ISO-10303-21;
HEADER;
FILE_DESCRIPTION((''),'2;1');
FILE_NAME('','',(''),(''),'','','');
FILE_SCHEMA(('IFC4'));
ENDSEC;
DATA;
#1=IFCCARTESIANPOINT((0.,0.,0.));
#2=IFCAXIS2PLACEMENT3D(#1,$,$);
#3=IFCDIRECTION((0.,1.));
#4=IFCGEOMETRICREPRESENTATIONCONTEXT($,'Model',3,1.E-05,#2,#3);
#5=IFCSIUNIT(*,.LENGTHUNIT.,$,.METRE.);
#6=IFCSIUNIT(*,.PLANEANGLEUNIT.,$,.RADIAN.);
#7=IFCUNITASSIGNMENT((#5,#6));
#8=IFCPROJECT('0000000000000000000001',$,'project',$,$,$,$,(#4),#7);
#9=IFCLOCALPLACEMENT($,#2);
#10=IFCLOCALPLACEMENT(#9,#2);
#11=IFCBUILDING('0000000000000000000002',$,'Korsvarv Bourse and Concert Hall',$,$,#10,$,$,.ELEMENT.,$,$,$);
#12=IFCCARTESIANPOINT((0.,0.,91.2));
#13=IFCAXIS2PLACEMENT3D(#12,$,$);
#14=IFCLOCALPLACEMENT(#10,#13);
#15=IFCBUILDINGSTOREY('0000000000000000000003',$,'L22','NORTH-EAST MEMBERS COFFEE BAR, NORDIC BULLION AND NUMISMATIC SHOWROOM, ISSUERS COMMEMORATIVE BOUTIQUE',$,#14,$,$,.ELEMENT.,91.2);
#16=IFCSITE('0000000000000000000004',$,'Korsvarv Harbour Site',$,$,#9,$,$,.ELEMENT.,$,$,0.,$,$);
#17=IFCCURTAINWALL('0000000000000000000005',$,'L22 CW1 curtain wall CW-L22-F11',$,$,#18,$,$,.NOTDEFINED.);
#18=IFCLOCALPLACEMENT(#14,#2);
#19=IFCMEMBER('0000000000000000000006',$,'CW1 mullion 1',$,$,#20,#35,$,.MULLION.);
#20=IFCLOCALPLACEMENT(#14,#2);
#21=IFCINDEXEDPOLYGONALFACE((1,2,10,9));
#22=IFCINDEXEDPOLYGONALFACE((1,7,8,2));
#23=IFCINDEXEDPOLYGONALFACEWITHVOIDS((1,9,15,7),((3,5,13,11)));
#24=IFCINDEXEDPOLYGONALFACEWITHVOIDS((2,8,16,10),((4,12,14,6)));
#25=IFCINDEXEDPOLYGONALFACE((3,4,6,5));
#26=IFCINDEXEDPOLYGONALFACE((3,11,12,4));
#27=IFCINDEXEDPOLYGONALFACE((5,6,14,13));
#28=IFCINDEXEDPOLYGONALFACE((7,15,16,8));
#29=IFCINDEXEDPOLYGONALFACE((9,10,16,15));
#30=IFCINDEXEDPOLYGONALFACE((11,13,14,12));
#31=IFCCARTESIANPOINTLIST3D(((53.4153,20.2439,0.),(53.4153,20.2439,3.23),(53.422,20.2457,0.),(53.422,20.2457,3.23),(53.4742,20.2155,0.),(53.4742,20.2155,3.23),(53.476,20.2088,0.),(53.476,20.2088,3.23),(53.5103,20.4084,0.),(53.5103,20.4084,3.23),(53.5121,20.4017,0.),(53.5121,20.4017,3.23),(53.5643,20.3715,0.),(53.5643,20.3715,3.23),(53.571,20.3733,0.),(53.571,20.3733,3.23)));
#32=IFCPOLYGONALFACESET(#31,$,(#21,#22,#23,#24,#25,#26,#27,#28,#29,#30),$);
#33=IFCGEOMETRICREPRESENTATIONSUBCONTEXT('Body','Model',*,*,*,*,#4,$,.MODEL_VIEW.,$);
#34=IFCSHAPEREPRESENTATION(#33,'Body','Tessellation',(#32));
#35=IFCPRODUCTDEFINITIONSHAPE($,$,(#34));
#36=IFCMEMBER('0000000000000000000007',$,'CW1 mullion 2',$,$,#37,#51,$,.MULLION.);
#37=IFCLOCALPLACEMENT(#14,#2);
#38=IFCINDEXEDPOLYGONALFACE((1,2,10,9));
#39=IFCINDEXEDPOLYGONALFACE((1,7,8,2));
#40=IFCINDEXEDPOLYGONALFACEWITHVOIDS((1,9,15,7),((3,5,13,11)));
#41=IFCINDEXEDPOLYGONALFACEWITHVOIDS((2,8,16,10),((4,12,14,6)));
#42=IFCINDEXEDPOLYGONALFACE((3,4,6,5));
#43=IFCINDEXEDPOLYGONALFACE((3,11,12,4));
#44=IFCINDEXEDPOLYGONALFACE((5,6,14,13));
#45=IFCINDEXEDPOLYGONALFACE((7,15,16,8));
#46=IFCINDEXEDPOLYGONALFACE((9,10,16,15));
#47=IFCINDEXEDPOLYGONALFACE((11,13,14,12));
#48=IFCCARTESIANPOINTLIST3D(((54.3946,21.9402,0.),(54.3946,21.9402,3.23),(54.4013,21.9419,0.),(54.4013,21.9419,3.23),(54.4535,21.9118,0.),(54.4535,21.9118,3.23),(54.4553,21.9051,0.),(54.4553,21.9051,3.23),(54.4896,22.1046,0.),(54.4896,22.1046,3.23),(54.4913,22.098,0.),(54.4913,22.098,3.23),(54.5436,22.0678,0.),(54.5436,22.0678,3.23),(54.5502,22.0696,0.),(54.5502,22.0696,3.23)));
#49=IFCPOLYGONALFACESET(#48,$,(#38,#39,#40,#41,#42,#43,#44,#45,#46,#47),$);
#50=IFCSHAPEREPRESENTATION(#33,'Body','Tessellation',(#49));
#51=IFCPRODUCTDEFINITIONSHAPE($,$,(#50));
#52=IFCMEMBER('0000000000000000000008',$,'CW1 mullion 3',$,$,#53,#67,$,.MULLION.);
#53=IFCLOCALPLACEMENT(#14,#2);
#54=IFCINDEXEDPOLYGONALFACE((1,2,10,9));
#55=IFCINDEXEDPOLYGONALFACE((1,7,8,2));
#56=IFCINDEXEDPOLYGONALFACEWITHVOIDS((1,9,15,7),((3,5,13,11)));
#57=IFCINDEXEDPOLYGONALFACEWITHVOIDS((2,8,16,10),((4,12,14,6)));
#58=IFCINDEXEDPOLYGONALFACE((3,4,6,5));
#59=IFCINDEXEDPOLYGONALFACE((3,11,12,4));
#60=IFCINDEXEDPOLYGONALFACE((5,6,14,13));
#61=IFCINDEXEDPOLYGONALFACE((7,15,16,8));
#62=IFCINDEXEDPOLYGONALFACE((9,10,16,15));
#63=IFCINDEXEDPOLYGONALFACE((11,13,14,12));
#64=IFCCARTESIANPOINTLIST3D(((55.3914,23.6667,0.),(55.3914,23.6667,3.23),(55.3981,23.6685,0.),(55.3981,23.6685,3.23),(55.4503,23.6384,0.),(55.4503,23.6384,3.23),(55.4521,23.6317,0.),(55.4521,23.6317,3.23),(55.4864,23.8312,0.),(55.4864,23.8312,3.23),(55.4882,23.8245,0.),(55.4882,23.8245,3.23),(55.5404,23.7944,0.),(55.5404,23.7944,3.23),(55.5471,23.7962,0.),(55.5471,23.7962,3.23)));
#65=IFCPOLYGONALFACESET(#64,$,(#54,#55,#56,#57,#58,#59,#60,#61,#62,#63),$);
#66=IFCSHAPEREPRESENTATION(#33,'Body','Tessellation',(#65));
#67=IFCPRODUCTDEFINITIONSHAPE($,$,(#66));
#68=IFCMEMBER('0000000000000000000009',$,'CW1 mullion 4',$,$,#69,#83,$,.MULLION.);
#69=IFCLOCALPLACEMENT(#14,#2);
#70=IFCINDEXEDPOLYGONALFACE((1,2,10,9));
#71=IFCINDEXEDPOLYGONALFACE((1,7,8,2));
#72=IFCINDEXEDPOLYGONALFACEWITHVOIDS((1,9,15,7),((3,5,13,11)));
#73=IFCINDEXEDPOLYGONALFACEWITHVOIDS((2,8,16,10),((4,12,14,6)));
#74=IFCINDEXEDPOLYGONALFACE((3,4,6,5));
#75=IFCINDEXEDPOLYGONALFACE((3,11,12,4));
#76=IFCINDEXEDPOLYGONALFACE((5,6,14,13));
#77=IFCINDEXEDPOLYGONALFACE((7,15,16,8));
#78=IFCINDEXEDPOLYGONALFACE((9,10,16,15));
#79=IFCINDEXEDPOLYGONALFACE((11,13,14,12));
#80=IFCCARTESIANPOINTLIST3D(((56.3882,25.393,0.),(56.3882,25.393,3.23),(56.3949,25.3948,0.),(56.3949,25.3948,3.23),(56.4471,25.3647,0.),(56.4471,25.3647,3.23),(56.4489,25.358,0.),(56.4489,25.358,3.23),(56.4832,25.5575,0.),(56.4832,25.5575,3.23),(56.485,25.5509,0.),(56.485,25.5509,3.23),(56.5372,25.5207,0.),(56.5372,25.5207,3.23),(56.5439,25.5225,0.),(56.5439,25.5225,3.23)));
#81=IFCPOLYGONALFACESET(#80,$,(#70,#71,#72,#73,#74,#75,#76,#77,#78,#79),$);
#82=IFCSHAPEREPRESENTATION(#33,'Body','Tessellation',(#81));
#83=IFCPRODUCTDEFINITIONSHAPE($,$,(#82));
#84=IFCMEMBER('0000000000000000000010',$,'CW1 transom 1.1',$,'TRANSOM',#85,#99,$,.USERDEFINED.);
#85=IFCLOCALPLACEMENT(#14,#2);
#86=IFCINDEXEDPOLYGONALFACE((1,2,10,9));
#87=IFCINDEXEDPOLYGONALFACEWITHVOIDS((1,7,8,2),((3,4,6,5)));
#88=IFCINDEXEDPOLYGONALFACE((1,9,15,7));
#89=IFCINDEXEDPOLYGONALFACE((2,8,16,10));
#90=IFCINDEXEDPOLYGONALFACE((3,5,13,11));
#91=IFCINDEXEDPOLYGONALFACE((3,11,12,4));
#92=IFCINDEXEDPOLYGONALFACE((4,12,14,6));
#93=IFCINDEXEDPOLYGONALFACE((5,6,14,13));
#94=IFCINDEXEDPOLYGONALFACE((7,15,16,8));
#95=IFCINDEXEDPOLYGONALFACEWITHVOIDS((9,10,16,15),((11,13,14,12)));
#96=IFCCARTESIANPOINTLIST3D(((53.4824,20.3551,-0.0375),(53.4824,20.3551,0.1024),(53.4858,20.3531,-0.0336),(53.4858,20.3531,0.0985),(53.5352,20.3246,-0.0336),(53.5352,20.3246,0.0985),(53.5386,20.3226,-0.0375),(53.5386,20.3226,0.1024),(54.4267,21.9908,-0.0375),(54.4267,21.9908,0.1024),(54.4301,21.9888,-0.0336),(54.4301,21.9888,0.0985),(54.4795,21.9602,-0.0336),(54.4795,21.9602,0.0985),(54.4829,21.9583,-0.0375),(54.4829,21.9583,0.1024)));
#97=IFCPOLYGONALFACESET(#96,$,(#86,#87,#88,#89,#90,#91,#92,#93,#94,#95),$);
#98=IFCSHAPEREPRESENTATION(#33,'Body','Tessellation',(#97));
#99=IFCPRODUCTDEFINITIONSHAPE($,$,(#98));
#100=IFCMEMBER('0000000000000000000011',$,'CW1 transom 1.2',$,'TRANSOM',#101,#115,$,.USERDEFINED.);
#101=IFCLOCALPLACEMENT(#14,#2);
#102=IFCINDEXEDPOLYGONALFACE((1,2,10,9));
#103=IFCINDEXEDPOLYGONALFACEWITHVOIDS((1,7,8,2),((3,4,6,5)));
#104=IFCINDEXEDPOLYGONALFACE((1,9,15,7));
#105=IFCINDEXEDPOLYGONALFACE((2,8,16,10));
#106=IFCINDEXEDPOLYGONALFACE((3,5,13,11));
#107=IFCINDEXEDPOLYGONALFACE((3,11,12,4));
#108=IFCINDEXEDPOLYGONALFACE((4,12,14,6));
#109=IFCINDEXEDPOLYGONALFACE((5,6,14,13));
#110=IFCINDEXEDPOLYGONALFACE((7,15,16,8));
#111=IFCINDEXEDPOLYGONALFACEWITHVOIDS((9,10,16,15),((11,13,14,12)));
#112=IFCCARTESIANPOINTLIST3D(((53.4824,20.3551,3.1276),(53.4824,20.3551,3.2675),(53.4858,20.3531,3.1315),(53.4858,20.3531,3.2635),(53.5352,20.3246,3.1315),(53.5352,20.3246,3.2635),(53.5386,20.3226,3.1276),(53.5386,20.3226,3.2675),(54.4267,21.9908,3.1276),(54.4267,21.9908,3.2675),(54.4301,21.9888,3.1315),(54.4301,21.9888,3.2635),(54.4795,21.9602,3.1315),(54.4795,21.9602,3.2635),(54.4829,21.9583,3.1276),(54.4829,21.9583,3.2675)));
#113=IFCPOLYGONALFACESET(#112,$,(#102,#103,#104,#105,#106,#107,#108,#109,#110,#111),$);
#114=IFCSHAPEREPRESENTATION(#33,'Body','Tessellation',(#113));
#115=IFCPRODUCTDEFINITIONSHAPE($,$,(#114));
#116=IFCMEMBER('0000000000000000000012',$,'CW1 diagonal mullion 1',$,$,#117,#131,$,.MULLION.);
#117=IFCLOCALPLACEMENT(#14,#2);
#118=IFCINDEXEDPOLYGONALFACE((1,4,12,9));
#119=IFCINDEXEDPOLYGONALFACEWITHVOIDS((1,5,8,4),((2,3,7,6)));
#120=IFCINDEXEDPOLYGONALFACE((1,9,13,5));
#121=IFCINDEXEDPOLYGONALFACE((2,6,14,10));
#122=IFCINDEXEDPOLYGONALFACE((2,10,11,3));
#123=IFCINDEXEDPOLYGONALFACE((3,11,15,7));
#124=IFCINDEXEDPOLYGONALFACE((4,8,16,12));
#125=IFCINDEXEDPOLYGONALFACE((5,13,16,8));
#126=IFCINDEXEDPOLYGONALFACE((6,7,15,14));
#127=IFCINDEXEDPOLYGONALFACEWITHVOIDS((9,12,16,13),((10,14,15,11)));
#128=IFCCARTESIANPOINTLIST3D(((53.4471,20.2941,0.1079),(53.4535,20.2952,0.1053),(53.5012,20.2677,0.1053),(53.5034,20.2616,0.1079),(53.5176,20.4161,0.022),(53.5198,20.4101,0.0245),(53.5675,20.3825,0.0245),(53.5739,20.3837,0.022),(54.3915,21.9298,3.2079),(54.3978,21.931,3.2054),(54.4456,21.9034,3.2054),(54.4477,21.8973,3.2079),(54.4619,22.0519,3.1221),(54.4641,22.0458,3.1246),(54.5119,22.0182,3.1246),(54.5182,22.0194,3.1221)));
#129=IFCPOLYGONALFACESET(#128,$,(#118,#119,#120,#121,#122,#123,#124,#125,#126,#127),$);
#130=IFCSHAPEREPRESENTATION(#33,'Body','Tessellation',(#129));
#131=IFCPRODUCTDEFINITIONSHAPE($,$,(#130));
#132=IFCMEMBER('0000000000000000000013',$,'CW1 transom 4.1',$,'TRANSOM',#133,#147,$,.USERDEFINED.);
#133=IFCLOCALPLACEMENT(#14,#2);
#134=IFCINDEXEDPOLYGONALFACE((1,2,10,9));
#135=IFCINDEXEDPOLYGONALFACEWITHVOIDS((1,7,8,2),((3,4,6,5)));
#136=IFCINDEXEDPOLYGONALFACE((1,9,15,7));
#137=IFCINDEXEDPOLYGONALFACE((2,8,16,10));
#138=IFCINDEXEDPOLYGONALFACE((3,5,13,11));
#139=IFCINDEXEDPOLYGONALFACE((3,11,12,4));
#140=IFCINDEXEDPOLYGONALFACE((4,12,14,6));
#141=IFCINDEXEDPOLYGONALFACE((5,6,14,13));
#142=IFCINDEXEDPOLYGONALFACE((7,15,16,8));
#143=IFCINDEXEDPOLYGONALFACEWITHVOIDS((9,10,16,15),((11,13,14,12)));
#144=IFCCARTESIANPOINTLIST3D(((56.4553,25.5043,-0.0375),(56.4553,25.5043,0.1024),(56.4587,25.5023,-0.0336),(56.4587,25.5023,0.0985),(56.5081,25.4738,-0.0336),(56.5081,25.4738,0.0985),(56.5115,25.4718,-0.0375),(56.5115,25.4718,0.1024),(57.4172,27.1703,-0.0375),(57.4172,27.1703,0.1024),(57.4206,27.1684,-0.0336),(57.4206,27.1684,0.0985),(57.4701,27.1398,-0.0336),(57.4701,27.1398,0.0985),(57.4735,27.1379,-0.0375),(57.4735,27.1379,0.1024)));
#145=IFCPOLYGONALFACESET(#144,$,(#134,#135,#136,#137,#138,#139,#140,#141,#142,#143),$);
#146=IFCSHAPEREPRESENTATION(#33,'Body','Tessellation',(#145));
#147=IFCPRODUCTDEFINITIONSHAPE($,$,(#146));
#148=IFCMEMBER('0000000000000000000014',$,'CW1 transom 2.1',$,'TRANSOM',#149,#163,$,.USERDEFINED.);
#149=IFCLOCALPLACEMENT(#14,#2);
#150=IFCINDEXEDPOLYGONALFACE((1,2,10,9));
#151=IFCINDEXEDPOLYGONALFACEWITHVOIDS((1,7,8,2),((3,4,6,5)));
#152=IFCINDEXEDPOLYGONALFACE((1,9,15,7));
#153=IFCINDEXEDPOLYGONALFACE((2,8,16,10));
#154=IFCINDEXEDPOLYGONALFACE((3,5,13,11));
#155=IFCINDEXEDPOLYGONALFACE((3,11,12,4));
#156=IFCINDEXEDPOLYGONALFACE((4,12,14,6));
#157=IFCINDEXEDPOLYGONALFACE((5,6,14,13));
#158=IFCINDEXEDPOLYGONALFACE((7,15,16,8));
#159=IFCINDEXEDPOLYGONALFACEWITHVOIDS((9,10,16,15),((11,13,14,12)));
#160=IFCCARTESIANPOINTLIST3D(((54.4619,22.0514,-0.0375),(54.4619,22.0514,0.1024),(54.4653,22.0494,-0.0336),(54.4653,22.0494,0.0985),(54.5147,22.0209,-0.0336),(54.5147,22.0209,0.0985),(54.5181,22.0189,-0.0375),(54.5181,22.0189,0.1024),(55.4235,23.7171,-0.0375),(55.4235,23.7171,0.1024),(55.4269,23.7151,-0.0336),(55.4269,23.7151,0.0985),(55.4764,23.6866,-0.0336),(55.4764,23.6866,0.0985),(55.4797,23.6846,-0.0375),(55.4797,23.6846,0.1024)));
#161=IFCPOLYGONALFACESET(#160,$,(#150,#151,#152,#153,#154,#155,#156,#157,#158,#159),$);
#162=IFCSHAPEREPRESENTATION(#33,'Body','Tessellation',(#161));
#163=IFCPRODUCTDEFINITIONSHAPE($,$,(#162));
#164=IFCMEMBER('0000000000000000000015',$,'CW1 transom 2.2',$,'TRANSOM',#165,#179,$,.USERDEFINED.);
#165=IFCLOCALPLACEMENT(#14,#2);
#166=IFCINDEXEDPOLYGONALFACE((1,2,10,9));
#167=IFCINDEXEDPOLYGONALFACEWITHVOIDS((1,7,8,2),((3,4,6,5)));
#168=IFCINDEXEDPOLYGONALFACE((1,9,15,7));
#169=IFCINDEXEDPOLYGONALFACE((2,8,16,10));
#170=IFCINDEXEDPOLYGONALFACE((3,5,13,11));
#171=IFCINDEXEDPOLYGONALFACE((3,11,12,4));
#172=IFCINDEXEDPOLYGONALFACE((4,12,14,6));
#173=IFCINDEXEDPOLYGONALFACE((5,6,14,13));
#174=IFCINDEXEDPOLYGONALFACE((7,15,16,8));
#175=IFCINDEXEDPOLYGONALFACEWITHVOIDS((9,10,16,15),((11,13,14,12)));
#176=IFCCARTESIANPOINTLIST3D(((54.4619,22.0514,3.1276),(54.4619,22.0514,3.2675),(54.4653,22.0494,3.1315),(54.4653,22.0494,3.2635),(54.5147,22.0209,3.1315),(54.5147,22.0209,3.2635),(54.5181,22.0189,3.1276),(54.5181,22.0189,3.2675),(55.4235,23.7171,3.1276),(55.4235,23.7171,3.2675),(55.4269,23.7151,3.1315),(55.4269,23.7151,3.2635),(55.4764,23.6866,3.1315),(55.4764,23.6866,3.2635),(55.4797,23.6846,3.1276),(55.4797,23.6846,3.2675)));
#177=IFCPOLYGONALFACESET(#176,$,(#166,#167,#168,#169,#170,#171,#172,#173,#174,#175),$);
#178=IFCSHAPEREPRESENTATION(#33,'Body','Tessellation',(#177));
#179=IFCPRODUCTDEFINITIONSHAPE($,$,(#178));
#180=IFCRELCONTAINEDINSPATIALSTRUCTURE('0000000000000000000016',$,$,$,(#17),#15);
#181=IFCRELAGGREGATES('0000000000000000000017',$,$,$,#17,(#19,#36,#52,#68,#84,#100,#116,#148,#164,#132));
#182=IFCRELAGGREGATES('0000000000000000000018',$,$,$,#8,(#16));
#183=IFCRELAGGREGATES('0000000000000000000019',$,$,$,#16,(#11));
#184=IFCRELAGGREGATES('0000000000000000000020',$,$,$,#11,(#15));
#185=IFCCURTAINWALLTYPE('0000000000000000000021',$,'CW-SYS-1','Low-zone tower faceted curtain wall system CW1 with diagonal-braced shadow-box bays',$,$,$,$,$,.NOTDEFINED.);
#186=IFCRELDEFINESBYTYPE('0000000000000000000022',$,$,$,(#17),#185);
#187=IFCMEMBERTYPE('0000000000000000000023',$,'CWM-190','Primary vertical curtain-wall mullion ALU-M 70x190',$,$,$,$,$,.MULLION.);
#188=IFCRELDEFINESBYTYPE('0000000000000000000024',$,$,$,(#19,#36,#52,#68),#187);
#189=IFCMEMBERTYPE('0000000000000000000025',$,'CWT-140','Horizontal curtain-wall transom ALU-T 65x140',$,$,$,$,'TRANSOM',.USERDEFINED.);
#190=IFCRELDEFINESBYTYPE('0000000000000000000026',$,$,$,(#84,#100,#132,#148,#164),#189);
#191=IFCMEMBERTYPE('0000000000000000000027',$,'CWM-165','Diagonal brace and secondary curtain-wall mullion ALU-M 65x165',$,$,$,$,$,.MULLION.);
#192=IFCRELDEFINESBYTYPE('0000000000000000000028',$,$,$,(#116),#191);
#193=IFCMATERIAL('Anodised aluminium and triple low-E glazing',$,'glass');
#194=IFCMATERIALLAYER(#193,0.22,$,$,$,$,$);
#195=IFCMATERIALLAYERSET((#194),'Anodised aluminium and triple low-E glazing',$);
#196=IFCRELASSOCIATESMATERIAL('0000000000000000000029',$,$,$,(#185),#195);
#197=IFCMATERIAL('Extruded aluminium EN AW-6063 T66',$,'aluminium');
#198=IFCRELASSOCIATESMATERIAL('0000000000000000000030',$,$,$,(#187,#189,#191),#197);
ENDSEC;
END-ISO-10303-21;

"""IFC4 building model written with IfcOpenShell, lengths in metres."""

from ifc_helpers import new_model, si_unit, direction, frame, origin, origin_2d, place, context, subcontext, project, spatial, hollow_rectangle, extrude, source, transform, mapped, material, layer, layer_set, material_profile, profile_set, type_object, element, aggregate, save


model = new_model("IFC4")

# Units and contexts
model_context = context("Model", 3, precision=1e-05, world=origin(), true_north=direction((0.0, 1.0)))
body_context = subcontext(model_context, "Body", "Model", "MODEL_VIEW")
ifc_project = project(units=[si_unit("LENGTHUNIT", "METRE"), si_unit("PLANEANGLEUNIT", "RADIAN")], contexts=[model_context])

# Site, building, storey
site_placement = place(None, origin())
site = spatial("IfcSite", under=ifc_project, at=site_placement, Name="Korsvarv Harbour Site", CompositionType="ELEMENT", RefElevation=0.0)
building_placement = place(site_placement, origin())
building = spatial("IfcBuilding", under=site, at=building_placement, Name="Korsvarv Bourse and Concert Hall", CompositionType="ELEMENT")
storey_placement = place(building_placement, frame((0.0, 0.0, 91.2)))
storey = spatial("IfcBuildingStorey", under=building, at=storey_placement, Name="L22", Description="NORTH-EAST MEMBERS COFFEE BAR, NORDIC BULLION AND NUMISMATIC SHOWROOM, ISSUERS COMMEMORATIVE BOUTIQUE", CompositionType="ELEMENT", Elevation=91.2)

# Curtain wall, members
ifc_material_1 = material(Name="Anodised aluminium and triple low-E glazing", Category="glass")
ifc_layer_1 = layer(ifc_material_1, 0.22)
ifc_layer_set_1 = layer_set([ifc_layer_1], Name="Anodised aluminium and triple low-E glazing")
curtain_wall_type = type_object("IfcCurtainWallType", Name="CW-SYS-1", Description="Low-zone tower faceted curtain wall system CW1 with diagonal-braced shadow-box bays", PredefinedType="NOTDEFINED", material=ifc_layer_set_1)
curtain_wall_placement = place(storey_placement, origin())
curtain_wall = element("IfcCurtainWall", 1, at=curtain_wall_placement, inside=storey, type_object=curtain_wall_type, Name="L22 CW1 curtain wall CW-L22-F11", PredefinedType="NOTDEFINED")
ifc_material_2 = material(Name="Extruded aluminium EN AW-6063 T66", Category="aluminium")
ifc_material_profile_1 = material_profile(ifc_material_2, hollow_rectangle(XDim=0.0701, YDim=0.1899, WallThickness=0.0049, at=origin_2d()), Name="ALU-M 70x190")
ifc_profile_set_1 = profile_set([ifc_material_profile_1], Name="Extruded aluminium EN AW-6063 T66")
member_type_1 = type_object("IfcMemberType", Name="CWM-190", Description="Primary vertical curtain-wall mullion ALU-M 70x190", PredefinedType="MULLION", material=ifc_profile_set_1)
shared_shape_1 = source(origin(), body_context, "Body", "SweptSolid", [
    extrude(hollow_rectangle(XDim=0.0701, YDim=0.1899, WallThickness=0.0049, at=origin_2d()), origin(), (0.0, 0.0, 1.0), 3.23),
])
member_1_placement = place(storey_placement, frame((53.4932, 20.3086, 0.0), z_axis=(0.0, 0.0, 1.0), x_axis=(-0.866026, 0.499999, 0.0)))
member_1 = element("IfcMember", 2, at=member_1_placement, type_object=member_type_1, Name="CW1 mullion 1", PredefinedType="MULLION", context=body_context, shape_type="MappedRepresentation", body=[
    mapped(shared_shape_1, transform((0.0, 0.0, 0.0), scale=1.0)),
])
member_2_placement = place(storey_placement, frame((54.4724, 22.0049, 0.0), z_axis=(0.0, 0.0, 1.0), x_axis=(-0.866026, 0.499999, 0.0)))
member_2 = element("IfcMember", 3, at=member_2_placement, type_object=member_type_1, Name="CW1 mullion 2", PredefinedType="MULLION", context=body_context, shape_type="MappedRepresentation", body=[
    mapped(shared_shape_1, transform((0.0, 0.0, 0.0), scale=1.0)),
])
member_3_placement = place(storey_placement, frame((55.4692, 23.7314, 0.0), z_axis=(0.0, 0.0, 1.0), x_axis=(-0.866026, 0.499999, 0.0)))
member_3 = element("IfcMember", 4, at=member_3_placement, type_object=member_type_1, Name="CW1 mullion 3", PredefinedType="MULLION", context=body_context, shape_type="MappedRepresentation", body=[
    mapped(shared_shape_1, transform((0.0, 0.0, 0.0), scale=1.0)),
])
member_4_placement = place(storey_placement, frame((56.4661, 25.4578, 0.0), z_axis=(0.0, 0.0, 1.0), x_axis=(-0.866026, 0.499999, 0.0)))
member_4 = element("IfcMember", 5, at=member_4_placement, type_object=member_type_1, Name="CW1 mullion 4", PredefinedType="MULLION", context=body_context, shape_type="MappedRepresentation", body=[
    mapped(shared_shape_1, transform((0.0, 0.0, 0.0), scale=1.0)),
])
ifc_material_profile_2 = material_profile(ifc_material_2, hollow_rectangle(XDim=0.0649, YDim=0.1399, WallThickness=0.0039, at=origin_2d()), Name="ALU-T 65x140")
ifc_profile_set_2 = profile_set([ifc_material_profile_2], Name="Extruded aluminium EN AW-6063 T66")
member_type_2 = type_object("IfcMemberType", Name="CWT-140", Description="Horizontal curtain-wall transom ALU-T 65x140", ElementType="TRANSOM", PredefinedType="USERDEFINED", material=ifc_profile_set_2)
shared_shape_2 = source(origin(), body_context, "Body", "SweptSolid", [
    extrude(hollow_rectangle(XDim=0.0649, YDim=0.1399, WallThickness=0.0039, at=origin_2d()), origin(), (0.0, 0.0, 1.0), 1.8887),
])
member_5_placement = place(storey_placement, frame((53.5105, 20.3389, 0.0325), z_axis=(0.499976, 0.866039, 0.0), x_axis=(-0.866039, 0.499976, 0.0)))
member_5 = element("IfcMember", 6, at=member_5_placement, type_object=member_type_2, Name="CW1 transom 1.1", ObjectType="TRANSOM", PredefinedType="USERDEFINED", context=body_context, shape_type="MappedRepresentation", body=[
    mapped(shared_shape_2, transform((0.0, 0.0, 0.0), scale=1.0)),
])
member_6_placement = place(storey_placement, frame((53.5105, 20.3389, 3.1975), z_axis=(0.499976, 0.866039, 0.0), x_axis=(-0.866039, 0.499976, 0.0)))
member_6 = element("IfcMember", 7, at=member_6_placement, type_object=member_type_2, Name="CW1 transom 1.2", ObjectType="TRANSOM", PredefinedType="USERDEFINED", context=body_context, shape_type="MappedRepresentation", body=[
    mapped(shared_shape_2, transform((0.0, 0.0, 0.0), scale=1.0)),
])
ifc_material_profile_3 = material_profile(ifc_material_2, hollow_rectangle(XDim=0.0649, YDim=0.165, WallThickness=0.0049, at=origin_2d()), Name="ALU-M 65x165")
ifc_profile_set_3 = profile_set([ifc_material_profile_3], Name="Extruded aluminium EN AW-6063 T66")
member_type_3 = type_object("IfcMemberType", Name="CWM-165", Description="Diagonal brace and secondary curtain-wall mullion ALU-M 65x165", PredefinedType="MULLION", material=ifc_profile_set_3)
shared_shape_3 = source(origin(), body_context, "Body", "SweptSolid", [
    extrude(hollow_rectangle(XDim=0.0649, YDim=0.165, WallThickness=0.0049, at=origin_2d()), origin(), (0.0, 0.0, 1.0), 3.6301),
])
member_7_placement = place(storey_placement, frame((53.5105, 20.3389, 0.0649), z_axis=(0.260137, 0.450598, 0.853985), x_axis=(-0.866039, 0.499976, 0.0)))
member_7 = element("IfcMember", 8, at=member_7_placement, type_object=member_type_3, Name="CW1 diagonal mullion 1", PredefinedType="MULLION", context=body_context, shape_type="MappedRepresentation", body=[
    mapped(shared_shape_3, transform((0.0, 0.0, 0.0), scale=1.0)),
])
shared_shape_4 = source(origin(), body_context, "Body", "SweptSolid", [
    extrude(hollow_rectangle(XDim=0.0649, YDim=0.1399, WallThickness=0.0039, at=origin_2d()), origin(), (0.0, 0.0, 1.0), 1.9238),
])
member_8_placement = place(storey_placement, frame((56.4834, 25.488, 0.0325), z_axis=(0.500015, 0.866017, 0.0), x_axis=(-0.866017, 0.500015, 0.0)))
member_8 = element("IfcMember", 9, at=member_8_placement, type_object=member_type_2, Name="CW1 transom 4.1", ObjectType="TRANSOM", PredefinedType="USERDEFINED", context=body_context, shape_type="MappedRepresentation", body=[
    mapped(shared_shape_4, transform((0.0, 0.0, 0.0), scale=1.0)),
])
shared_shape_5 = source(origin(), body_context, "Body", "SweptSolid", [
    extrude(hollow_rectangle(XDim=0.0649, YDim=0.1399, WallThickness=0.0039, at=origin_2d()), origin(), (0.0, 0.0, 1.0), 1.9233),
])
member_9_placement = place(storey_placement, frame((54.49, 22.0352, 0.0325), z_axis=(0.499975, 0.86604, 0.0), x_axis=(-0.86604, 0.499975, 0.0)))
member_9 = element("IfcMember", 10, at=member_9_placement, type_object=member_type_2, Name="CW1 transom 2.1", ObjectType="TRANSOM", PredefinedType="USERDEFINED", context=body_context, shape_type="MappedRepresentation", body=[
    mapped(shared_shape_5, transform((0.0, 0.0, 0.0), scale=1.0)),
])
member_10_placement = place(storey_placement, frame((54.49, 22.0352, 3.1975), z_axis=(0.499975, 0.86604, 0.0), x_axis=(-0.86604, 0.499975, 0.0)))
member_10 = element("IfcMember", 11, at=member_10_placement, type_object=member_type_2, Name="CW1 transom 2.2", ObjectType="TRANSOM", PredefinedType="USERDEFINED", context=body_context, shape_type="MappedRepresentation", body=[
    mapped(shared_shape_5, transform((0.0, 0.0, 0.0), scale=1.0)),
])
aggregate(curtain_wall, [member_1, member_2, member_3, member_4, member_5, member_6, member_7, member_9, member_10, member_8])

save(model, "model.ifc")
